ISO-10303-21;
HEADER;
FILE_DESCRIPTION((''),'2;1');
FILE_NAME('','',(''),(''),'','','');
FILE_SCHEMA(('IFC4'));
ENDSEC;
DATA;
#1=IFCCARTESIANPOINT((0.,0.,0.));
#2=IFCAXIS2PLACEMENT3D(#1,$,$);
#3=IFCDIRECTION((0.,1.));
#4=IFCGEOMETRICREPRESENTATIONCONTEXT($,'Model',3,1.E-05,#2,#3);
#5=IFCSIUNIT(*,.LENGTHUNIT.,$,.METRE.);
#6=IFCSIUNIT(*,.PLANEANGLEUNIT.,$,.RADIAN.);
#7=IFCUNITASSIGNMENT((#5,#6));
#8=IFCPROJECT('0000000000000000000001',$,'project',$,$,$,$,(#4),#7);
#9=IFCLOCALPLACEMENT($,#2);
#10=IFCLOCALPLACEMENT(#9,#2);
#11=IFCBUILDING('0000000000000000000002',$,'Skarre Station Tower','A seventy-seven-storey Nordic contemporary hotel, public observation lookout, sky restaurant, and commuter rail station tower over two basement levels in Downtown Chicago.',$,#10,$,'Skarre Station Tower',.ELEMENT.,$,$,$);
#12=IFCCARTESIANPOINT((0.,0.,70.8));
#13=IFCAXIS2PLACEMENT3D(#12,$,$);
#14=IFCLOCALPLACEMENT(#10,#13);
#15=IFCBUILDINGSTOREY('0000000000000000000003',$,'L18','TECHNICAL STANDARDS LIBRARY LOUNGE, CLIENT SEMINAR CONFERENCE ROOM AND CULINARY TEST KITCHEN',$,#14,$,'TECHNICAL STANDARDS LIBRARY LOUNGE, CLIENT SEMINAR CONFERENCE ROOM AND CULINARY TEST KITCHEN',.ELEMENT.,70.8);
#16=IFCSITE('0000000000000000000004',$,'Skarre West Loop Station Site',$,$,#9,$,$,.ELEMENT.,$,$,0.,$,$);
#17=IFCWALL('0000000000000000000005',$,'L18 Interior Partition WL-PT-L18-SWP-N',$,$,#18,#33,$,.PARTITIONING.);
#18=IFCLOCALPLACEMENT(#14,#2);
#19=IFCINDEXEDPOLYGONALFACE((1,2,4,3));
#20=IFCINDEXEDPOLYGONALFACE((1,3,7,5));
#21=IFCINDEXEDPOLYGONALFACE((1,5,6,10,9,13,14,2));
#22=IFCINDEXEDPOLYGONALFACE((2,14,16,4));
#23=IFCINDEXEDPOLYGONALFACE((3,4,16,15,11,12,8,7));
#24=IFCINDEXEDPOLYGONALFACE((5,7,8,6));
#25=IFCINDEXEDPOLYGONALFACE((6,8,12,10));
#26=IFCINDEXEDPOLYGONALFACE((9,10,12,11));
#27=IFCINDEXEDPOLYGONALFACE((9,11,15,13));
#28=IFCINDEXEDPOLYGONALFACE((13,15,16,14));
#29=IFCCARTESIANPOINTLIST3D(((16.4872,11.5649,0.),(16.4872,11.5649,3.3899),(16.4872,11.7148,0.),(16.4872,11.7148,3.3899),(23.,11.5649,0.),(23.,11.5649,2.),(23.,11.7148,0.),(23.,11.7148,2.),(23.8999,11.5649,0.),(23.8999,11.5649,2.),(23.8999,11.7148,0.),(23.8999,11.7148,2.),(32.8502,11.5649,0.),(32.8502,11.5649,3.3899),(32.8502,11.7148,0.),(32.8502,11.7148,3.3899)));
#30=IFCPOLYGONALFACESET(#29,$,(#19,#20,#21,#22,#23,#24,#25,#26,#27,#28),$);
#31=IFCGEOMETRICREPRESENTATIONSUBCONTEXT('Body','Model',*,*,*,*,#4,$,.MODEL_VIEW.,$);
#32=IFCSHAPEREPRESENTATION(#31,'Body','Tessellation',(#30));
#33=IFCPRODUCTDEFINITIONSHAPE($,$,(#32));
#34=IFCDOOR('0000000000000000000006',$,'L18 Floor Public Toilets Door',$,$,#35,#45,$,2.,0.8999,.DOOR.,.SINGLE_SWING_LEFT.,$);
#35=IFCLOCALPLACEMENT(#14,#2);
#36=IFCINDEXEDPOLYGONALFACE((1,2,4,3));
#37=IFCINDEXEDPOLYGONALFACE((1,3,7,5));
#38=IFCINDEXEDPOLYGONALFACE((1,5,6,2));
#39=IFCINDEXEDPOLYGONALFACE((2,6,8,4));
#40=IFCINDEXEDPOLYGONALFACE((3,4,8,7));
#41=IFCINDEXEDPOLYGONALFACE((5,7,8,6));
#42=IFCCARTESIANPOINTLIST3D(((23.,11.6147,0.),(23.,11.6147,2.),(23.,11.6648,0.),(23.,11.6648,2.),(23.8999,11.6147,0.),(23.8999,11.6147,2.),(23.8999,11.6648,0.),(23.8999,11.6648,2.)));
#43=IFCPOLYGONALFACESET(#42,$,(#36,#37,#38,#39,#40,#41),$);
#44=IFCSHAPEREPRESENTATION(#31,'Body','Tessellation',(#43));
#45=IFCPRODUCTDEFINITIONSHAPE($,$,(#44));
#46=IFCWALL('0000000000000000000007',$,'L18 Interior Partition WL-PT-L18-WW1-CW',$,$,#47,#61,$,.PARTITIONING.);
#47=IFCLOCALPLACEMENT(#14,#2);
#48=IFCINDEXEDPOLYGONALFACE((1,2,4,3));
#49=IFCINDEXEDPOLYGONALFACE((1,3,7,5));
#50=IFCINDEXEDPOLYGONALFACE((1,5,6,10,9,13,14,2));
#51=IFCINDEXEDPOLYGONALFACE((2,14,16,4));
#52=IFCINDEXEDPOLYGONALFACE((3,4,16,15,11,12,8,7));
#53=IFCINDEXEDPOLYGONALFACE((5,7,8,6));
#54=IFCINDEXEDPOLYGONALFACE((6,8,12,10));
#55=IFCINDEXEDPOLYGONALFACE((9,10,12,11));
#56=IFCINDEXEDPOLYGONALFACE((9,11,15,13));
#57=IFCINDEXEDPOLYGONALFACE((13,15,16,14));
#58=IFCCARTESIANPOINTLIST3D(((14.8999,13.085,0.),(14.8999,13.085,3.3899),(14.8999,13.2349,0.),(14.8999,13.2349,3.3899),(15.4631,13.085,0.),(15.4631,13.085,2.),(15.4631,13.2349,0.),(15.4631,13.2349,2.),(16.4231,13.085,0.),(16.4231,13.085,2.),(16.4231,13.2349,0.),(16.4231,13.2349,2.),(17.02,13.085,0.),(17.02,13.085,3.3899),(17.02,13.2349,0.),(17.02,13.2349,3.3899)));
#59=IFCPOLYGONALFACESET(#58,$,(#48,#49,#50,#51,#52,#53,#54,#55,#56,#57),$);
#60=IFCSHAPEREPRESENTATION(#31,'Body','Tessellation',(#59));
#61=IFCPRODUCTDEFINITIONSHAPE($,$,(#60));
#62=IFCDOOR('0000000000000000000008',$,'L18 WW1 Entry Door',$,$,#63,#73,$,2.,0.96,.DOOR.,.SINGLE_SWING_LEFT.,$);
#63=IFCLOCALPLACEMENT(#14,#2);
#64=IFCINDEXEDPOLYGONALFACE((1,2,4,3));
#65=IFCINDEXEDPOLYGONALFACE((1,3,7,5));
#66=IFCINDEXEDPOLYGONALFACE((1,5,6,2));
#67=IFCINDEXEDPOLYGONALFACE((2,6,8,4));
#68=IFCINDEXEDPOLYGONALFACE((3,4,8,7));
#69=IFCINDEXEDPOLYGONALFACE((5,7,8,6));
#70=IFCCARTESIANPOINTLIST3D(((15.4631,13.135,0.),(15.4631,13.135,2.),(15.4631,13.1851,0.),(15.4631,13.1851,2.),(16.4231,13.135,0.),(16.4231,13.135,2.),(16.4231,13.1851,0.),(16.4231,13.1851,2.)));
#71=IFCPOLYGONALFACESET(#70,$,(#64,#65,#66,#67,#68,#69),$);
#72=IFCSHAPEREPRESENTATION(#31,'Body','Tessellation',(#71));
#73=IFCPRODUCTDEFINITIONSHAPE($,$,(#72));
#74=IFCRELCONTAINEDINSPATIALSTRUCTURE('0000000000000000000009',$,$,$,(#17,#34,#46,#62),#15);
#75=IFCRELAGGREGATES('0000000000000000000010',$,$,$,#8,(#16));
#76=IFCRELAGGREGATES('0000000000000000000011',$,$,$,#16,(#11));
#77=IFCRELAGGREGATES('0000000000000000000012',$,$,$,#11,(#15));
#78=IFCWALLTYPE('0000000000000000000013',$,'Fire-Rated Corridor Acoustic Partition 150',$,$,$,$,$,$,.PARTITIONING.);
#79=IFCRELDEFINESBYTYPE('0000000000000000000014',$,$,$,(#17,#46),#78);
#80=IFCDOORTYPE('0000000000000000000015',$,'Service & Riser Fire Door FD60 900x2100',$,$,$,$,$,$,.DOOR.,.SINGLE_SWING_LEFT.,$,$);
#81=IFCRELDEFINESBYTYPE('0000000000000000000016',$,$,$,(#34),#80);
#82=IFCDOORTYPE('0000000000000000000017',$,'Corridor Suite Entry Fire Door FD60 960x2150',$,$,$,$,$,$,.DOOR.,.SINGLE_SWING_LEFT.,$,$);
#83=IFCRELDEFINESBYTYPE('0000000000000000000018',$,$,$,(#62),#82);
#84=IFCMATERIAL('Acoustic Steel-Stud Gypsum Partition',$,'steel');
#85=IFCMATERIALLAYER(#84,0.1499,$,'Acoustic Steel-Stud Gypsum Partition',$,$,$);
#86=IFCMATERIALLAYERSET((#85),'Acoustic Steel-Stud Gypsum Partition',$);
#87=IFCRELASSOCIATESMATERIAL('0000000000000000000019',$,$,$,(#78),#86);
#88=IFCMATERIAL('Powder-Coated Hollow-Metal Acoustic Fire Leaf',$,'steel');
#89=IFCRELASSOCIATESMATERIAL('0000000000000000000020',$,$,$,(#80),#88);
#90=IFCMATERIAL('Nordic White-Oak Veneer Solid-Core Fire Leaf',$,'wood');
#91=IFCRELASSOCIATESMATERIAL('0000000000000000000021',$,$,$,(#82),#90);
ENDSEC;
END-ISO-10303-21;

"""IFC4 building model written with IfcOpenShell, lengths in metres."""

from ifc_helpers import new_model, si_unit, direction, frame, frame_2d, origin, place, context, subcontext, project, spatial, rectangle, extrude, material, layer, layer_set, type_object, element, fill, save


model = new_model("IFC4")

# Units and contexts
model_context = context("Model", 3, precision=1e-05, world=origin(), true_north=direction((0.0, 1.0)))
body_context = subcontext(model_context, "Body", "Model", "MODEL_VIEW")
ifc_project = project(units=[si_unit("LENGTHUNIT", "METRE"), si_unit("PLANEANGLEUNIT", "RADIAN")], contexts=[model_context])

# Site, building, storey
site_placement = place(None, origin())
site = spatial("IfcSite", under=ifc_project, at=site_placement, Name="Skarre West Loop Station Site", CompositionType="ELEMENT", RefElevation=0.0)
building_placement = place(site_placement, origin())
building = spatial("IfcBuilding", under=site, at=building_placement, Name="Skarre Station Tower", Description="A seventy-seven-storey Nordic contemporary hotel, public observation lookout, sky restaurant, and commuter rail station tower over two basement levels in Downtown Chicago.", LongName="Skarre Station Tower", CompositionType="ELEMENT")
storey_placement = place(building_placement, frame((0.0, 0.0, 70.8)))
storey = spatial("IfcBuildingStorey", under=building, at=storey_placement, Name="L18", Description="TECHNICAL STANDARDS LIBRARY LOUNGE, CLIENT SEMINAR CONFERENCE ROOM AND CULINARY TEST KITCHEN", LongName="TECHNICAL STANDARDS LIBRARY LOUNGE, CLIENT SEMINAR CONFERENCE ROOM AND CULINARY TEST KITCHEN", CompositionType="ELEMENT", Elevation=70.8)

# Shared definitions
ifc_material_1 = material(Name="Acoustic Steel-Stud Gypsum Partition", Category="steel")
ifc_layer_1 = layer(ifc_material_1, 0.1499, Name="Acoustic Steel-Stud Gypsum Partition")
ifc_layer_set_1 = layer_set([ifc_layer_1], Name="Acoustic Steel-Stud Gypsum Partition")
wall_type_1 = type_object("IfcWallType", Name="Fire-Rated Corridor Acoustic Partition 150", PredefinedType="PARTITIONING", material=ifc_layer_set_1)

# Walls, openings, doors
wall_1_placement = place(storey_placement, frame((16.4871, 11.6399, 0.0), z_axis=(0.0, 0.0, 1.0), x_axis=(1.0, 0.0, 0.0)))
wall_1 = element("IfcWall", 1, at=wall_1_placement, inside=storey, type_object=wall_type_1, Name="L18 Interior Partition WL-PT-L18-SWP-N", PredefinedType="PARTITIONING", context=body_context, shape_type="SweptSolid", body=[
    extrude(rectangle(XDim=16.363, YDim=0.1499, at=frame_2d((8.1816, 0.0))), origin(), (0.0, 0.0, 1.0), 3.3899),
])
opening_1_placement = place(wall_1_placement, frame((6.5129, 0.0, 0.0)))
opening_1 = element("IfcOpeningElement", 2, at=opening_1_placement, cuts=wall_1, PredefinedType="OPENING", context=body_context, shape_type="SweptSolid", body=[
    extrude(rectangle(XDim=0.8999, YDim=2.0, at=frame_2d((0.45, 1.0))), frame((0.0, 0.085, 0.0), z_axis=(0.0, -1.0, 0.0), x_axis=(1.0, 0.0, 0.0)), (0.0, 0.0, 1.0), 0.1699),
])
ifc_material_2 = material(Name="Powder-Coated Hollow-Metal Acoustic Fire Leaf", Category="steel")
door_type_1 = type_object("IfcDoorType", Name="Service & Riser Fire Door FD60 900x2100", OperationType="SINGLE_SWING_LEFT", PredefinedType="DOOR", material=ifc_material_2)
door_1_placement = place(opening_1_placement, origin())
door_1 = element("IfcDoor", 3, at=door_1_placement, inside=storey, type_object=door_type_1, Name="L18 Floor Public Toilets Door", OperationType="SINGLE_SWING_LEFT", OverallHeight=2.0, OverallWidth=0.8999, PredefinedType="DOOR", context=body_context, shape_type="SweptSolid", body=[
    extrude(rectangle(XDim=0.8999, YDim=2.0, at=frame_2d((0.45, 1.0))), frame((0.0, 0.0249, 0.0), z_axis=(0.0, -1.0, 0.0), x_axis=(1.0, 0.0, 0.0)), (0.0, 0.0, 1.0), 0.05),
])
fill(opening_1, door_1)
wall_2_placement = place(storey_placement, frame((17.02, 13.1599, 0.0), z_axis=(0.0, 0.0, 1.0), x_axis=(-1.0, 0.0, 0.0)))
wall_2 = element("IfcWall", 4, at=wall_2_placement, inside=storey, type_object=wall_type_1, Name="L18 Interior Partition WL-PT-L18-WW1-CW", PredefinedType="PARTITIONING", context=body_context, shape_type="SweptSolid", body=[
    extrude(rectangle(XDim=2.1201, YDim=0.1499, at=frame_2d((1.0601, 0.0))), origin(), (0.0, 0.0, 1.0), 3.3899),
])
opening_2_placement = place(wall_2_placement, frame((0.5969, 0.0, 0.0)))
opening_2 = element("IfcOpeningElement", 5, at=opening_2_placement, cuts=wall_2, PredefinedType="OPENING", context=body_context, shape_type="SweptSolid", body=[
    extrude(rectangle(XDim=0.96, YDim=2.0, at=frame_2d((0.48, 1.0))), frame((0.0, 0.085, 0.0), z_axis=(0.0, -1.0, 0.0), x_axis=(1.0, 0.0, 0.0)), (0.0, 0.0, 1.0), 0.1699),
])
ifc_material_3 = material(Name="Nordic White-Oak Veneer Solid-Core Fire Leaf", Category="wood")
door_type_2 = type_object("IfcDoorType", Name="Corridor Suite Entry Fire Door FD60 960x2150", OperationType="SINGLE_SWING_LEFT", PredefinedType="DOOR", material=ifc_material_3)
door_2_placement = place(opening_2_placement, origin())
door_2 = element("IfcDoor", 6, at=door_2_placement, inside=storey, type_object=door_type_2, Name="L18 WW1 Entry Door", OperationType="SINGLE_SWING_LEFT", OverallHeight=2.0, OverallWidth=0.96, PredefinedType="DOOR", context=body_context, shape_type="SweptSolid", body=[
    extrude(rectangle(XDim=0.96, YDim=2.0, at=frame_2d((0.48, 1.0))), frame((0.0, 0.0249, 0.0), z_axis=(0.0, -1.0, 0.0), x_axis=(1.0, 0.0, 0.0)), (0.0, 0.0, 1.0), 0.05),
])
fill(opening_2, door_2)

save(model, "model.ifc")
